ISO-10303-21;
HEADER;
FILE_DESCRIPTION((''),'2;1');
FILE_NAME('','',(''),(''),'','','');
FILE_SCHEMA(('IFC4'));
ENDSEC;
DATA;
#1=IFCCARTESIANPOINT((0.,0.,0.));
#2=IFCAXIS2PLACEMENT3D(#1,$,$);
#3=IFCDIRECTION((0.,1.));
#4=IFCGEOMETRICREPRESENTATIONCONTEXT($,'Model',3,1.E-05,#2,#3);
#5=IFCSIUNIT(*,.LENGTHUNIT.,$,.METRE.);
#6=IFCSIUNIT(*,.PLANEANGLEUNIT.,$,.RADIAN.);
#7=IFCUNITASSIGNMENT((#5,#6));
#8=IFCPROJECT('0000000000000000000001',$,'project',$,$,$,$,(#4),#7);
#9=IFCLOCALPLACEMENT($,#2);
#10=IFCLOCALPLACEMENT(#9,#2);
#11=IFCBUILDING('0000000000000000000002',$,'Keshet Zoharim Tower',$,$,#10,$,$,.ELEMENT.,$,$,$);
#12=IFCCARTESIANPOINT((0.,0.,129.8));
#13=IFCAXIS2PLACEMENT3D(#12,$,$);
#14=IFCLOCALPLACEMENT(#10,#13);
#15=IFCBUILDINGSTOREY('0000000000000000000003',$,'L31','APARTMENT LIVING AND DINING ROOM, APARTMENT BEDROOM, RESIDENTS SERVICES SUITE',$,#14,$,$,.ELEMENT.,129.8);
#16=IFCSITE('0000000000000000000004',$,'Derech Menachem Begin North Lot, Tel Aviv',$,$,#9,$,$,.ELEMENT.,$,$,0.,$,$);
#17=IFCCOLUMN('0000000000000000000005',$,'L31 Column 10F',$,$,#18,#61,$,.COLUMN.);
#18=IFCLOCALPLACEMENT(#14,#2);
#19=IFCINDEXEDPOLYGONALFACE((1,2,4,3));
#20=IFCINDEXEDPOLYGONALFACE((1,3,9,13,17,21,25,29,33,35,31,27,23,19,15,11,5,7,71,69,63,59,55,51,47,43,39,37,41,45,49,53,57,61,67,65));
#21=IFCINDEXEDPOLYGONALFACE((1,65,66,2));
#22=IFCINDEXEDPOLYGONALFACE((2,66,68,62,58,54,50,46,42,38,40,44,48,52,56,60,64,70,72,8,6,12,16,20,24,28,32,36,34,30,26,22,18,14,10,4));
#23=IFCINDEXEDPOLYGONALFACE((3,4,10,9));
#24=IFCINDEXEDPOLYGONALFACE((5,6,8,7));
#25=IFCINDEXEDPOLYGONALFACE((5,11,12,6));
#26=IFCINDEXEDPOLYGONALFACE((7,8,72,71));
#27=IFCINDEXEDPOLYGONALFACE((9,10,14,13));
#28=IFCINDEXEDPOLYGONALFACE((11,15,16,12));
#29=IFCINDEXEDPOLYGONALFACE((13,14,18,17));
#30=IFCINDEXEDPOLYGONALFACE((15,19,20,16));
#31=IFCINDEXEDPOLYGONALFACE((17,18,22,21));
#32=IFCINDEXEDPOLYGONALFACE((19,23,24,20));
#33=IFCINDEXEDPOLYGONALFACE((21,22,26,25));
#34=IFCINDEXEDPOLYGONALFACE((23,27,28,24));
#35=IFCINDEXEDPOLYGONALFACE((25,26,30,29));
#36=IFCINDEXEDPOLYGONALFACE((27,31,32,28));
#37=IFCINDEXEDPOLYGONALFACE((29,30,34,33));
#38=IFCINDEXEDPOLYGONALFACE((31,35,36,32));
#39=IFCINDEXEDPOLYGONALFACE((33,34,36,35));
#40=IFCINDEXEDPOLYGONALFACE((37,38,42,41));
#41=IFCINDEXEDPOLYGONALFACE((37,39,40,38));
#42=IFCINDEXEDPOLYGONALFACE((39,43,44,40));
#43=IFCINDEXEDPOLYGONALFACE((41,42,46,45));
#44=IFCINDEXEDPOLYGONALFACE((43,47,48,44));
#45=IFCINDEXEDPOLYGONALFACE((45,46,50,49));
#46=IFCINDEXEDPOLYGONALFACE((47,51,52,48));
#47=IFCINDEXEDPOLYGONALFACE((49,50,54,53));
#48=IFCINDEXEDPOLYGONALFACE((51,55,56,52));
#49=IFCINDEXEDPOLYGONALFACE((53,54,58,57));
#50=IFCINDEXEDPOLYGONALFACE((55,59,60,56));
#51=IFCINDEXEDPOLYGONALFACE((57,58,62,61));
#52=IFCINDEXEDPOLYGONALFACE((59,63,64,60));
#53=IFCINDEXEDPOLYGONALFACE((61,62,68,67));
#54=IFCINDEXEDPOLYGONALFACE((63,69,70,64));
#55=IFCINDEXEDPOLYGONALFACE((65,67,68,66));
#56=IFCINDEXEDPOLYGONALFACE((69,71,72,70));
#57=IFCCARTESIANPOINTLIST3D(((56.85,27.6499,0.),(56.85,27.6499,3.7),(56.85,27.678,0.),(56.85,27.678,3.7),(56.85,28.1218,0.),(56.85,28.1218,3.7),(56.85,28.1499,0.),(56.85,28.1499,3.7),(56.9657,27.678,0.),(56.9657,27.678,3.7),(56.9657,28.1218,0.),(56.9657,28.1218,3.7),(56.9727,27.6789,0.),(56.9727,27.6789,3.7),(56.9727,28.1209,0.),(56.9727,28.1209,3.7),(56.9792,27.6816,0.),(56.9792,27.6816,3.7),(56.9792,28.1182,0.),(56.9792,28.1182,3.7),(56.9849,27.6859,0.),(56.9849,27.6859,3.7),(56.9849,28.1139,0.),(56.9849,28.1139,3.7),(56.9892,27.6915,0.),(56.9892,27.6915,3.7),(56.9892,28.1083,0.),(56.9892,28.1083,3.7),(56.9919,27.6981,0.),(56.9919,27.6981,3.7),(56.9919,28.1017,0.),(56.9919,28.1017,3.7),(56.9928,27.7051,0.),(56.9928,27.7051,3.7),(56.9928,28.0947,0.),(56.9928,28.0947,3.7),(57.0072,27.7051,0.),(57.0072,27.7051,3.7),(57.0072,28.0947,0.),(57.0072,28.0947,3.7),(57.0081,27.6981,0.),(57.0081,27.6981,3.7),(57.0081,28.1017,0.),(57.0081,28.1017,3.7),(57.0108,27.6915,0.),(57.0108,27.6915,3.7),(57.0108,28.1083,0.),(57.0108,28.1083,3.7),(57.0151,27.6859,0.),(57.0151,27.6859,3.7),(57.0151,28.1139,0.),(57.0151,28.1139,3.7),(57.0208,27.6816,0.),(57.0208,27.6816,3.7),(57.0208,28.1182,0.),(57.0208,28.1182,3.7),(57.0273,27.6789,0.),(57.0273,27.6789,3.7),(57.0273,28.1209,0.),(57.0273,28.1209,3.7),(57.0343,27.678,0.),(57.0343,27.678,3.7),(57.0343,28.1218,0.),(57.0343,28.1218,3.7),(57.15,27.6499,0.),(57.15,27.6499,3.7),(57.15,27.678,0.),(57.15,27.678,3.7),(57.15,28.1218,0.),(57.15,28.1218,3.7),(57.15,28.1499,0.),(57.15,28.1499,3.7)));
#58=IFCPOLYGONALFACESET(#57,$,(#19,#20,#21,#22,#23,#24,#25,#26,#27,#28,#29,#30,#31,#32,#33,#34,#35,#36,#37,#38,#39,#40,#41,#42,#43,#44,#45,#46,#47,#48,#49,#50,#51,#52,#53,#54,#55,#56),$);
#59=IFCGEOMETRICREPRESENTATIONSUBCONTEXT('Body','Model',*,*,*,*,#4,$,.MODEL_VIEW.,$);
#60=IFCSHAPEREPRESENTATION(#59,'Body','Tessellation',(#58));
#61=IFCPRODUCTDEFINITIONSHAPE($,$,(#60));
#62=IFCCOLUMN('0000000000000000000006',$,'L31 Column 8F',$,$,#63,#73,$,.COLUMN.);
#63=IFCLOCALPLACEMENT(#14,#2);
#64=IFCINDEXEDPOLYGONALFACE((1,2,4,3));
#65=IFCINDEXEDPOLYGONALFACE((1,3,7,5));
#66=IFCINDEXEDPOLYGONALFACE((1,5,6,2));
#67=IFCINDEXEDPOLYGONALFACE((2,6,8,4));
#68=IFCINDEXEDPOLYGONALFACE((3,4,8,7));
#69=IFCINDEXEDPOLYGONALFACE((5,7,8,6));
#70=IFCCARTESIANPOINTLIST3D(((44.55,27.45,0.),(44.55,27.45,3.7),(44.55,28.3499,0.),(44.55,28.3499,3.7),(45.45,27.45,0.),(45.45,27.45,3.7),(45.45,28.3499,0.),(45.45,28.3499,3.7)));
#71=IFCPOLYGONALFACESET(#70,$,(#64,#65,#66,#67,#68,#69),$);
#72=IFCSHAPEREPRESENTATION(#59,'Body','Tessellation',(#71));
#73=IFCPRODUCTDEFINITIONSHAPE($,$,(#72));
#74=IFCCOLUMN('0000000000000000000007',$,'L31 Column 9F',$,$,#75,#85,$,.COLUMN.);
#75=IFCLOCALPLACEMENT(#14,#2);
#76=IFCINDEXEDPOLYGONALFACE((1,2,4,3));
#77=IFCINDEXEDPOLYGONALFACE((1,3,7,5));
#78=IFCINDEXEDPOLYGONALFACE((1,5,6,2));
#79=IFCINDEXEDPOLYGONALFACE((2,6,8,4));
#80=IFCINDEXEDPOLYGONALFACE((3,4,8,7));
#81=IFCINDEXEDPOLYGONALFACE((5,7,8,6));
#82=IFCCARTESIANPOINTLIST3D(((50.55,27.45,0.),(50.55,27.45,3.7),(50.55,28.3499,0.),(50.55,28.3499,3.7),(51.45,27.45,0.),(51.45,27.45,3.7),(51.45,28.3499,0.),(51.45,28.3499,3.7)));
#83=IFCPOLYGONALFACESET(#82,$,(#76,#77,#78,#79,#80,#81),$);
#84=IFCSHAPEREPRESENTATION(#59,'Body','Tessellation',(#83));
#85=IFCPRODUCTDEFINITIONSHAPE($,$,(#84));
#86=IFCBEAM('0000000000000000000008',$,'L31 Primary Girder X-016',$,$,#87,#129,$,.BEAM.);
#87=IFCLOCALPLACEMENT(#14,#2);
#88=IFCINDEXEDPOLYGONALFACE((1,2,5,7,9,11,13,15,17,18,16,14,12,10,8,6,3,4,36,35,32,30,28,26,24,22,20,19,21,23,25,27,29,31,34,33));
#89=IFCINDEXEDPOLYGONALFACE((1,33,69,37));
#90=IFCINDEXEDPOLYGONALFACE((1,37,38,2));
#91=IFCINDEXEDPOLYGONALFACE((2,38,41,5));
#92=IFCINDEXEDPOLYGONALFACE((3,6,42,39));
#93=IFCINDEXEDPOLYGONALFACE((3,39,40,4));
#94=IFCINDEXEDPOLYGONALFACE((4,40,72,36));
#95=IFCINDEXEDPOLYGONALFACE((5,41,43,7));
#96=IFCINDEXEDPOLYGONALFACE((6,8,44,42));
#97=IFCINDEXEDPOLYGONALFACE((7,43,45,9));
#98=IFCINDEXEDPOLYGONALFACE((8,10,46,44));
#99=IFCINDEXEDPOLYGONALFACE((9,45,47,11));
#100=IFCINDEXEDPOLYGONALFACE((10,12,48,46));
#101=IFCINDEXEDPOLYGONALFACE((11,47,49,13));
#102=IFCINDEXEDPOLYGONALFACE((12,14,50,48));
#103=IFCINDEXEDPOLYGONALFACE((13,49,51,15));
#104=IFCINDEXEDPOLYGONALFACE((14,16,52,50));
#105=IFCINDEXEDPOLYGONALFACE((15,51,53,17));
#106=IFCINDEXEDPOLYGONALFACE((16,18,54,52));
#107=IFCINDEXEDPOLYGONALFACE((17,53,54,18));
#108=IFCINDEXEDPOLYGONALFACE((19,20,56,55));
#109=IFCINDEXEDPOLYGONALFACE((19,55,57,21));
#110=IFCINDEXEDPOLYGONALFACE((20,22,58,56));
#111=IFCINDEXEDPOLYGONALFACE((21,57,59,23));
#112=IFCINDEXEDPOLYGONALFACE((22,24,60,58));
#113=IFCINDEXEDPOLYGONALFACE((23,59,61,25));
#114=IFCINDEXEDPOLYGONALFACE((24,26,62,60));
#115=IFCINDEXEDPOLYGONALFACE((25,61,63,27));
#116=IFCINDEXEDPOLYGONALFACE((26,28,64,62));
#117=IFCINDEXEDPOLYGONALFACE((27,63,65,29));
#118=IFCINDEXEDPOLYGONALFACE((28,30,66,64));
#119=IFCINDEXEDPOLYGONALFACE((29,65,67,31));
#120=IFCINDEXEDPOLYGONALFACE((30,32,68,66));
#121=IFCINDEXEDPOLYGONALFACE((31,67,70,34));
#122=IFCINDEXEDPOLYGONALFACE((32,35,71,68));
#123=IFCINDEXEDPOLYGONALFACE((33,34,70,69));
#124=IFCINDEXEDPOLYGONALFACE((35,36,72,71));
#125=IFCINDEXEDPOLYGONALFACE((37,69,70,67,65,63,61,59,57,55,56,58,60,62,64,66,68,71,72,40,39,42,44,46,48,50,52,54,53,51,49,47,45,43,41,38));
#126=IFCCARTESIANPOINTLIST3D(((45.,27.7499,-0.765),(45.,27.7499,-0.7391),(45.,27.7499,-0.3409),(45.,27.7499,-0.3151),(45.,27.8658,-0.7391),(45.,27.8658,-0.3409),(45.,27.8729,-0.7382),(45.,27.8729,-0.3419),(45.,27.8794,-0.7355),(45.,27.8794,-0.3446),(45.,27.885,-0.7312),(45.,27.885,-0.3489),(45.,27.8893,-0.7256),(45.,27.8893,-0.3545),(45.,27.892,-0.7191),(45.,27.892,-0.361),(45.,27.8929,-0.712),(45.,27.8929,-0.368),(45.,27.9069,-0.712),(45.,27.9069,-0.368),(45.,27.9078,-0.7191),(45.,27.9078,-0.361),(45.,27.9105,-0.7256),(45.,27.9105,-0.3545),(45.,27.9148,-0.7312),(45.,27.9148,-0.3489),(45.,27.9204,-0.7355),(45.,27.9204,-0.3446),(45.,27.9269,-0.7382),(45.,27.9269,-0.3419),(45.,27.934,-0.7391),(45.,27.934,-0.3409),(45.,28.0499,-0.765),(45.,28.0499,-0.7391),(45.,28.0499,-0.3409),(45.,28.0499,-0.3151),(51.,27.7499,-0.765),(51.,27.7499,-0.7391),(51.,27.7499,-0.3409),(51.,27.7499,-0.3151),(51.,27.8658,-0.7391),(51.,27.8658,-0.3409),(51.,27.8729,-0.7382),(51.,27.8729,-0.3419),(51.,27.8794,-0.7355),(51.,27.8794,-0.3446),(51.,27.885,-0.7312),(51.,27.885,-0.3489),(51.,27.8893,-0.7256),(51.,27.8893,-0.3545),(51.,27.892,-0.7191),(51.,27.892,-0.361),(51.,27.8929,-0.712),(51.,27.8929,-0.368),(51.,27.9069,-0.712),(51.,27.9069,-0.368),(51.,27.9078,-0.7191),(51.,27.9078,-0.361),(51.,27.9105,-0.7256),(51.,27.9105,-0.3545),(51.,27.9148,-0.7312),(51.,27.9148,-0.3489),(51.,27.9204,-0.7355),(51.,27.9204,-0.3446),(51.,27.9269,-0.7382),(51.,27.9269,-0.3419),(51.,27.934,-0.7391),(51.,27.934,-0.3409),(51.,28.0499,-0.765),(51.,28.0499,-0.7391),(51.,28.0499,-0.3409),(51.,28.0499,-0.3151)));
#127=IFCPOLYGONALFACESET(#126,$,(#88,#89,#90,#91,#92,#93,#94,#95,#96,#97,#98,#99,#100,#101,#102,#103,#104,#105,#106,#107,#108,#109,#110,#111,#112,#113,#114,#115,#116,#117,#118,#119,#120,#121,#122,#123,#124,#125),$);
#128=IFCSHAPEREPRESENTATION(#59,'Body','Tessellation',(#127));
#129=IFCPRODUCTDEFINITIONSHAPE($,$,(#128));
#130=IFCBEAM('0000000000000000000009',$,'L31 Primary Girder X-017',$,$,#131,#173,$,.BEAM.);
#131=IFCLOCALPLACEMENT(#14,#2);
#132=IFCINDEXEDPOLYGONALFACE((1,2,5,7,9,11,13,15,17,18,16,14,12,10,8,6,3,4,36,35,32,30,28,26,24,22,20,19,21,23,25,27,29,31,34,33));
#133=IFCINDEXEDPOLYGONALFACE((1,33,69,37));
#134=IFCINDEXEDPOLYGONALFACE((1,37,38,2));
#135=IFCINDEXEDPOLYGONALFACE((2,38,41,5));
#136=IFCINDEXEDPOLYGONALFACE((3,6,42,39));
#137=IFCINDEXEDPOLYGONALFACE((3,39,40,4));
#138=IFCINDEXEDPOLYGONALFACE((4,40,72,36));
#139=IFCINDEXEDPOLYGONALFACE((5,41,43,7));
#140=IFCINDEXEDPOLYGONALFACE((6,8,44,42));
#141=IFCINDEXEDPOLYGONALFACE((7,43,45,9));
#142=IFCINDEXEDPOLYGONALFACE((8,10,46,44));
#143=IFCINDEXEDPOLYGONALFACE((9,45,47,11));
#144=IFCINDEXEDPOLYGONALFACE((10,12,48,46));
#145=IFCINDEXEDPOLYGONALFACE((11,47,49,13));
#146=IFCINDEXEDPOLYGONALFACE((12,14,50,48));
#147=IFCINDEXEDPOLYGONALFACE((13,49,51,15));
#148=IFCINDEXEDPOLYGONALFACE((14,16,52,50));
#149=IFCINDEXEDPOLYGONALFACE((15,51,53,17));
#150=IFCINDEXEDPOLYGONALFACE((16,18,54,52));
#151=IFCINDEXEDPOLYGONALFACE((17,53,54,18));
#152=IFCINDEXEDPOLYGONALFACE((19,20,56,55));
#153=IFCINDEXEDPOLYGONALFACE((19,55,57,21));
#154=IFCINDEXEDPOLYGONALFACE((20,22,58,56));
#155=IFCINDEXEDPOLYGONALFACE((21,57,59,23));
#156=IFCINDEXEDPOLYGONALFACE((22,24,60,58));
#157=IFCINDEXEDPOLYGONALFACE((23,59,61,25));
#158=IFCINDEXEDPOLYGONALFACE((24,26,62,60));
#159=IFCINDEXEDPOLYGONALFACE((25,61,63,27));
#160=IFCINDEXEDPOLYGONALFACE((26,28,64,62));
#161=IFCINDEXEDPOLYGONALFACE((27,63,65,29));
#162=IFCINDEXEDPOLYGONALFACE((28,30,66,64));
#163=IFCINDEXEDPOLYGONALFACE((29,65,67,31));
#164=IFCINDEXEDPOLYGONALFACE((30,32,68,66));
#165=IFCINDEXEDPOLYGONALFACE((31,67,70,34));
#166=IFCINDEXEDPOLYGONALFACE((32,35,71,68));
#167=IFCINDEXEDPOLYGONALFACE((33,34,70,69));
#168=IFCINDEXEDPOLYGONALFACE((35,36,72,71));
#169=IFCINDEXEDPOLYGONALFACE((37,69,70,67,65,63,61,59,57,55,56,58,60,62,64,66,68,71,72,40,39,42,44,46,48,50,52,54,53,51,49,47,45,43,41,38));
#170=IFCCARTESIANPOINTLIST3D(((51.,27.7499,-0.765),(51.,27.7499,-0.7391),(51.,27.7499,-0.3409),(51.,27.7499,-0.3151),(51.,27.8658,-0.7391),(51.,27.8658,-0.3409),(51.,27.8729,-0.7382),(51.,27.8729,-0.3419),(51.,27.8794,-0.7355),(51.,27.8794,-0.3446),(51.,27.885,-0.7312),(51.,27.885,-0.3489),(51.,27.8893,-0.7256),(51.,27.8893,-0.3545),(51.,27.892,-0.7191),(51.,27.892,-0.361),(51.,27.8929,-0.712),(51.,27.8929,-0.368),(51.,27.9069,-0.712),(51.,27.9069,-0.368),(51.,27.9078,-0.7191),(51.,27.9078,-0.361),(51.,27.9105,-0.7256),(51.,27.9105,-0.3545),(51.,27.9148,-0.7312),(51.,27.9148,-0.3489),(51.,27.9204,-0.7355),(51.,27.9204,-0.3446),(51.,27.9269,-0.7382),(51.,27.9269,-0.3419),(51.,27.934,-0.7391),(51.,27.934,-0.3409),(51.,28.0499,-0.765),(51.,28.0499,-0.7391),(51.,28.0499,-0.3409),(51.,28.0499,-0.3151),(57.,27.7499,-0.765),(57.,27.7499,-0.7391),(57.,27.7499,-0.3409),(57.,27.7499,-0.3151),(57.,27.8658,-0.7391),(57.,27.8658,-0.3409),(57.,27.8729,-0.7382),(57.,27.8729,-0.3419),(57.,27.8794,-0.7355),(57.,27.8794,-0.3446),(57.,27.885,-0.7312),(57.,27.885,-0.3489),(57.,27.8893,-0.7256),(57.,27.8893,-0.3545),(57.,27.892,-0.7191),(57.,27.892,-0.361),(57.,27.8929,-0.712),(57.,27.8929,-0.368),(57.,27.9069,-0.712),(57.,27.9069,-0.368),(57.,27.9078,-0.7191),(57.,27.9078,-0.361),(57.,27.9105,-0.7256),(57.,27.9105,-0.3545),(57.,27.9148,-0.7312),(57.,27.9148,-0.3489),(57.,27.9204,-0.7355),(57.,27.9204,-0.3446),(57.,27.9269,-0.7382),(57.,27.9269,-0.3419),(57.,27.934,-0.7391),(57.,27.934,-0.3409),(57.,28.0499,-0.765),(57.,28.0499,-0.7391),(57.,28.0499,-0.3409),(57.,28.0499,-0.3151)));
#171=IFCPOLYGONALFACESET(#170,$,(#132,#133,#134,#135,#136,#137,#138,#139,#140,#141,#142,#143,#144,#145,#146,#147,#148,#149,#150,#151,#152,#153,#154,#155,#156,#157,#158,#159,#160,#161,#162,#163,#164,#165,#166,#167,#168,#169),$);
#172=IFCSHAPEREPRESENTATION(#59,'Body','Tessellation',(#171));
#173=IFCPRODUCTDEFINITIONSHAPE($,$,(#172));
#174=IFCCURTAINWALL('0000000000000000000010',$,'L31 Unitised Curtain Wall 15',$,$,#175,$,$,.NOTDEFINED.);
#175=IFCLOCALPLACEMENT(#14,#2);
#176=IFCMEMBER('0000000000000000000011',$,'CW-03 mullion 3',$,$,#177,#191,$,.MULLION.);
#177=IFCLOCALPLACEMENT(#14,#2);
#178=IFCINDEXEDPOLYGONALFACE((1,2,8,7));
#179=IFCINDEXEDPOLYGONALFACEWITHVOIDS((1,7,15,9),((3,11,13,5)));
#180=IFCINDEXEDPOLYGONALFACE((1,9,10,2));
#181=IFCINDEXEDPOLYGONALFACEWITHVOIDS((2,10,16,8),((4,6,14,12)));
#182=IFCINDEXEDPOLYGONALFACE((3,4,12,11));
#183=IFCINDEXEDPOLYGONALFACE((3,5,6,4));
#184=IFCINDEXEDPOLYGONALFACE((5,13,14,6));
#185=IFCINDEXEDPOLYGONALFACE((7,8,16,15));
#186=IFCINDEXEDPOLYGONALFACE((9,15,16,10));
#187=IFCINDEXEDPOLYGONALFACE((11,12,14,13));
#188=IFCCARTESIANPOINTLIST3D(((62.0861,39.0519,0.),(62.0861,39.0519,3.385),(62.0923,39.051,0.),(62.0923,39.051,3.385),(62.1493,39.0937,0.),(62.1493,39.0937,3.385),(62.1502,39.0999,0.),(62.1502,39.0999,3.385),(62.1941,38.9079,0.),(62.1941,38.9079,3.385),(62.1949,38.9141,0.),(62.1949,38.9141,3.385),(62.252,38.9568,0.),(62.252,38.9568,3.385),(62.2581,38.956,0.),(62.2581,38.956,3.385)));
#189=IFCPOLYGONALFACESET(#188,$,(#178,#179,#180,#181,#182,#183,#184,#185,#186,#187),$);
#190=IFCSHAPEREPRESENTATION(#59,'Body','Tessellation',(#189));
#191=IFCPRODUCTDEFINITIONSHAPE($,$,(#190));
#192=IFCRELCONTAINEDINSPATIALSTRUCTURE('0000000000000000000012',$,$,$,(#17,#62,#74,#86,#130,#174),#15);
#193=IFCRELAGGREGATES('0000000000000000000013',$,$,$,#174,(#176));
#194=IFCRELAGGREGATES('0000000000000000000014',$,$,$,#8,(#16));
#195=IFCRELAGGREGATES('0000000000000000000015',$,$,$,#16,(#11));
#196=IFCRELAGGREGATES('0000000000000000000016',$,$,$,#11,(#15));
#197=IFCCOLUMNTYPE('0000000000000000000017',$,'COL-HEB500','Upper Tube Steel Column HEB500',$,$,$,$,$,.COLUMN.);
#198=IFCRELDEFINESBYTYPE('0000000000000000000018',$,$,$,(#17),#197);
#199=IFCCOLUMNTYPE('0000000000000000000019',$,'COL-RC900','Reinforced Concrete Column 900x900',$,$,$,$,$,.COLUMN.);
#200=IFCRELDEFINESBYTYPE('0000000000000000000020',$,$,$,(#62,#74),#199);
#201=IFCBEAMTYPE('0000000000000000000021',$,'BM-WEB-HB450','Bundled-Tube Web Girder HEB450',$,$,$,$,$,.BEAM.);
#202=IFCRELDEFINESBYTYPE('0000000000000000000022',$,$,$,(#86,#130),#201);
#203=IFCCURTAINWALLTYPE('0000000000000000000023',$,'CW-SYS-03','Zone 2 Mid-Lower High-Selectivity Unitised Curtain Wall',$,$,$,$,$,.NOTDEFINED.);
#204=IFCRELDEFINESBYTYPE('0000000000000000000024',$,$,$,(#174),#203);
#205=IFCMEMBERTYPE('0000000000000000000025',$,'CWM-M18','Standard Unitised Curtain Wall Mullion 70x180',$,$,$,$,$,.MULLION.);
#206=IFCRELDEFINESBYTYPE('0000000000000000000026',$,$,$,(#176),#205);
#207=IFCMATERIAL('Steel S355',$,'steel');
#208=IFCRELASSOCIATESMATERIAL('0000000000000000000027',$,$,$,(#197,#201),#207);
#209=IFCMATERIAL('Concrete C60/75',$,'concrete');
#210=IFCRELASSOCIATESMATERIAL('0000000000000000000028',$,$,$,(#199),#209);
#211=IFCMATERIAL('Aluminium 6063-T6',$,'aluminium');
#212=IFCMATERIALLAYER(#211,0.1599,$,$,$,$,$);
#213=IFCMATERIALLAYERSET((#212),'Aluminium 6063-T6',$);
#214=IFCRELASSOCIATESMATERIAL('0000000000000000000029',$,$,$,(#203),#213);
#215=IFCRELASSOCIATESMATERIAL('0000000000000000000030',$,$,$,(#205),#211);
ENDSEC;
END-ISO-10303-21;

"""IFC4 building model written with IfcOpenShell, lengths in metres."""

from ifc_helpers import new_model, si_unit, direction, frame, origin, origin_2d, place, context, subcontext, project, spatial, rectangle, hollow_rectangle, i_section, extrude, material, layer, layer_set, material_profile, profile_set, type_object, element, aggregate, save


model = new_model("IFC4")

# Units and contexts
model_context = context("Model", 3, precision=1e-05, world=origin(), true_north=direction((0.0, 1.0)))
body_context = subcontext(model_context, "Body", "Model", "MODEL_VIEW")
ifc_project = project(units=[si_unit("LENGTHUNIT", "METRE"), si_unit("PLANEANGLEUNIT", "RADIAN")], contexts=[model_context])

# Site, building, storey
site_placement = place(None, origin())
site = spatial("IfcSite", under=ifc_project, at=site_placement, Name="Derech Menachem Begin North Lot, Tel Aviv", CompositionType="ELEMENT", RefElevation=0.0)
building_placement = place(site_placement, origin())
building = spatial("IfcBuilding", under=site, at=building_placement, Name="Keshet Zoharim Tower", CompositionType="ELEMENT")
storey_placement = place(building_placement, frame((0.0, 0.0, 129.8)))
storey = spatial("IfcBuildingStorey", under=building, at=storey_placement, Name="L31", Description="APARTMENT LIVING AND DINING ROOM, APARTMENT BEDROOM, RESIDENTS SERVICES SUITE", CompositionType="ELEMENT", Elevation=129.8)

# Columns
ifc_material_1 = material(Name="Steel S355", Category="steel")
ifc_material_profile_1 = material_profile(ifc_material_1, i_section(OverallWidth=0.3, OverallDepth=0.5, WebThickness=0.0144, FlangeThickness=0.0281, FilletRadius=0.0271, at=origin_2d()), Name="HEB500")
ifc_profile_set_1 = profile_set([ifc_material_profile_1], Name="Steel S355")
column_type_1 = type_object("IfcColumnType", Name="COL-HEB500", Description="Upper Tube Steel Column HEB500", PredefinedType="COLUMN", material=ifc_profile_set_1)
column_placement = place(storey_placement, frame((57.0, 27.8999, 0.0), z_axis=(0.0, 0.0, 1.0), x_axis=(1.0, 0.0, 0.0)))
element("IfcColumn", 1, at=column_placement, inside=storey, type_object=column_type_1, Name="L31 Column 10F", PredefinedType="COLUMN", context=body_context, shape_type="SweptSolid", body=[
    extrude(i_section(OverallWidth=0.3, OverallDepth=0.5, WebThickness=0.0144, FlangeThickness=0.0281, FilletRadius=0.0271, at=origin_2d()), origin(), (0.0, 0.0, 1.0), 3.7),
])
ifc_material_2 = material(Name="Concrete C60/75", Category="concrete")
ifc_material_profile_2 = material_profile(ifc_material_2, rectangle(XDim=0.8999, YDim=0.8999, at=origin_2d()), Name="RC900x900")
ifc_profile_set_2 = profile_set([ifc_material_profile_2], Name="Concrete C60/75")
column_type_2 = type_object("IfcColumnType", Name="COL-RC900", Description="Reinforced Concrete Column 900x900", PredefinedType="COLUMN", material=ifc_profile_set_2)
for number, where, z_axis, x_axis, name in (
    (2, (45.0, 27.8999, 0.0), (0.0, 0.0, 1.0), (1.0, 0.0, 0.0), "L31 Column 8F"),
    (3, (51.0, 27.8999, 0.0), (0.0, 0.0, 1.0), (1.0, 0.0, 0.0), "L31 Column 9F"),
):
    element("IfcColumn", number, at=place(storey_placement, frame(where, z_axis=z_axis, x_axis=x_axis)), inside=storey, type_object=column_type_2, Name=name, PredefinedType="COLUMN", context=body_context, shape_type="SweptSolid", body=[
        extrude(rectangle(XDim=0.8999, YDim=0.8999, at=origin_2d()), origin(), (0.0, 0.0, 1.0), 3.7),
    ])

# Beams
ifc_material_profile_3 = material_profile(ifc_material_1, i_section(OverallWidth=0.3, OverallDepth=0.45, WebThickness=0.0139, FlangeThickness=0.0259, FilletRadius=0.0271, at=origin_2d()), Name="HEB450")
ifc_profile_set_3 = profile_set([ifc_material_profile_3], Name="Steel S355")
beam_type = type_object("IfcBeamType", Name="BM-WEB-HB450", Description="Bundled-Tube Web Girder HEB450", PredefinedType="BEAM", material=ifc_profile_set_3)
for number, where, z_axis, x_axis, name in (
    (4, (45.0, 27.8999, -0.54), (1.0, 0.0, 0.0), (0.0, 1.0, 0.0), "L31 Primary Girder X-016"),
    (5, (51.0, 27.8999, -0.54), (1.0, 0.0, 0.0), (0.0, 1.0, 0.0), "L31 Primary Girder X-017"),
):
    element("IfcBeam", number, at=place(storey_placement, frame(where, z_axis=z_axis, x_axis=x_axis)), inside=storey, type_object=beam_type, Name=name, PredefinedType="BEAM", context=body_context, shape_type="SweptSolid", body=[
        extrude(i_section(OverallWidth=0.3, OverallDepth=0.45, WebThickness=0.0139, FlangeThickness=0.0259, FilletRadius=0.0271, at=origin_2d()), origin(), (0.0, 0.0, 1.0), 6.0),
    ])

# Curtain wall, member
ifc_material_3 = material(Name="Aluminium 6063-T6", Category="aluminium")
ifc_layer_1 = layer(ifc_material_3, 0.1599)
ifc_layer_set_1 = layer_set([ifc_layer_1], Name="Aluminium 6063-T6")
curtain_wall_type = type_object("IfcCurtainWallType", Name="CW-SYS-03", Description="Zone 2 Mid-Lower High-Selectivity Unitised Curtain Wall", PredefinedType="NOTDEFINED", material=ifc_layer_set_1)
curtain_wall_1_placement = place(storey_placement, origin())
curtain_wall_1 = element("IfcCurtainWall", 6, at=curtain_wall_1_placement, inside=storey, type_object=curtain_wall_type, Name="L31 Unitised Curtain Wall 15", PredefinedType="NOTDEFINED")
ifc_material_profile_4 = material_profile(ifc_material_3, hollow_rectangle(XDim=0.0801, YDim=0.1799, WallThickness=0.0044, at=origin_2d()), Name="MUL-80x180")
ifc_profile_set_4 = profile_set([ifc_material_profile_4], Name="Aluminium 6063-T6")
member_type_1 = type_object("IfcMemberType", Name="CWM-M18", Description="Standard Unitised Curtain Wall Mullion 70x180", PredefinedType="MULLION", material=ifc_profile_set_4)
member_1_placement = place(storey_placement, frame((62.1721, 39.0039, 0.0), z_axis=(0.0, 0.0, 1.0), x_axis=(0.8, 0.6, 0.0)))
member_1 = element("IfcMember", 7, at=member_1_placement, type_object=member_type_1, Name="CW-03 mullion 3", PredefinedType="MULLION", context=body_context, shape_type="SweptSolid", body=[
    extrude(hollow_rectangle(XDim=0.0801, YDim=0.1799, WallThickness=0.0044, at=origin_2d()), origin(), (0.0, 0.0, 1.0), 3.385),
])
aggregate(curtain_wall_1, [member_1])

save(model, "model.ifc")
